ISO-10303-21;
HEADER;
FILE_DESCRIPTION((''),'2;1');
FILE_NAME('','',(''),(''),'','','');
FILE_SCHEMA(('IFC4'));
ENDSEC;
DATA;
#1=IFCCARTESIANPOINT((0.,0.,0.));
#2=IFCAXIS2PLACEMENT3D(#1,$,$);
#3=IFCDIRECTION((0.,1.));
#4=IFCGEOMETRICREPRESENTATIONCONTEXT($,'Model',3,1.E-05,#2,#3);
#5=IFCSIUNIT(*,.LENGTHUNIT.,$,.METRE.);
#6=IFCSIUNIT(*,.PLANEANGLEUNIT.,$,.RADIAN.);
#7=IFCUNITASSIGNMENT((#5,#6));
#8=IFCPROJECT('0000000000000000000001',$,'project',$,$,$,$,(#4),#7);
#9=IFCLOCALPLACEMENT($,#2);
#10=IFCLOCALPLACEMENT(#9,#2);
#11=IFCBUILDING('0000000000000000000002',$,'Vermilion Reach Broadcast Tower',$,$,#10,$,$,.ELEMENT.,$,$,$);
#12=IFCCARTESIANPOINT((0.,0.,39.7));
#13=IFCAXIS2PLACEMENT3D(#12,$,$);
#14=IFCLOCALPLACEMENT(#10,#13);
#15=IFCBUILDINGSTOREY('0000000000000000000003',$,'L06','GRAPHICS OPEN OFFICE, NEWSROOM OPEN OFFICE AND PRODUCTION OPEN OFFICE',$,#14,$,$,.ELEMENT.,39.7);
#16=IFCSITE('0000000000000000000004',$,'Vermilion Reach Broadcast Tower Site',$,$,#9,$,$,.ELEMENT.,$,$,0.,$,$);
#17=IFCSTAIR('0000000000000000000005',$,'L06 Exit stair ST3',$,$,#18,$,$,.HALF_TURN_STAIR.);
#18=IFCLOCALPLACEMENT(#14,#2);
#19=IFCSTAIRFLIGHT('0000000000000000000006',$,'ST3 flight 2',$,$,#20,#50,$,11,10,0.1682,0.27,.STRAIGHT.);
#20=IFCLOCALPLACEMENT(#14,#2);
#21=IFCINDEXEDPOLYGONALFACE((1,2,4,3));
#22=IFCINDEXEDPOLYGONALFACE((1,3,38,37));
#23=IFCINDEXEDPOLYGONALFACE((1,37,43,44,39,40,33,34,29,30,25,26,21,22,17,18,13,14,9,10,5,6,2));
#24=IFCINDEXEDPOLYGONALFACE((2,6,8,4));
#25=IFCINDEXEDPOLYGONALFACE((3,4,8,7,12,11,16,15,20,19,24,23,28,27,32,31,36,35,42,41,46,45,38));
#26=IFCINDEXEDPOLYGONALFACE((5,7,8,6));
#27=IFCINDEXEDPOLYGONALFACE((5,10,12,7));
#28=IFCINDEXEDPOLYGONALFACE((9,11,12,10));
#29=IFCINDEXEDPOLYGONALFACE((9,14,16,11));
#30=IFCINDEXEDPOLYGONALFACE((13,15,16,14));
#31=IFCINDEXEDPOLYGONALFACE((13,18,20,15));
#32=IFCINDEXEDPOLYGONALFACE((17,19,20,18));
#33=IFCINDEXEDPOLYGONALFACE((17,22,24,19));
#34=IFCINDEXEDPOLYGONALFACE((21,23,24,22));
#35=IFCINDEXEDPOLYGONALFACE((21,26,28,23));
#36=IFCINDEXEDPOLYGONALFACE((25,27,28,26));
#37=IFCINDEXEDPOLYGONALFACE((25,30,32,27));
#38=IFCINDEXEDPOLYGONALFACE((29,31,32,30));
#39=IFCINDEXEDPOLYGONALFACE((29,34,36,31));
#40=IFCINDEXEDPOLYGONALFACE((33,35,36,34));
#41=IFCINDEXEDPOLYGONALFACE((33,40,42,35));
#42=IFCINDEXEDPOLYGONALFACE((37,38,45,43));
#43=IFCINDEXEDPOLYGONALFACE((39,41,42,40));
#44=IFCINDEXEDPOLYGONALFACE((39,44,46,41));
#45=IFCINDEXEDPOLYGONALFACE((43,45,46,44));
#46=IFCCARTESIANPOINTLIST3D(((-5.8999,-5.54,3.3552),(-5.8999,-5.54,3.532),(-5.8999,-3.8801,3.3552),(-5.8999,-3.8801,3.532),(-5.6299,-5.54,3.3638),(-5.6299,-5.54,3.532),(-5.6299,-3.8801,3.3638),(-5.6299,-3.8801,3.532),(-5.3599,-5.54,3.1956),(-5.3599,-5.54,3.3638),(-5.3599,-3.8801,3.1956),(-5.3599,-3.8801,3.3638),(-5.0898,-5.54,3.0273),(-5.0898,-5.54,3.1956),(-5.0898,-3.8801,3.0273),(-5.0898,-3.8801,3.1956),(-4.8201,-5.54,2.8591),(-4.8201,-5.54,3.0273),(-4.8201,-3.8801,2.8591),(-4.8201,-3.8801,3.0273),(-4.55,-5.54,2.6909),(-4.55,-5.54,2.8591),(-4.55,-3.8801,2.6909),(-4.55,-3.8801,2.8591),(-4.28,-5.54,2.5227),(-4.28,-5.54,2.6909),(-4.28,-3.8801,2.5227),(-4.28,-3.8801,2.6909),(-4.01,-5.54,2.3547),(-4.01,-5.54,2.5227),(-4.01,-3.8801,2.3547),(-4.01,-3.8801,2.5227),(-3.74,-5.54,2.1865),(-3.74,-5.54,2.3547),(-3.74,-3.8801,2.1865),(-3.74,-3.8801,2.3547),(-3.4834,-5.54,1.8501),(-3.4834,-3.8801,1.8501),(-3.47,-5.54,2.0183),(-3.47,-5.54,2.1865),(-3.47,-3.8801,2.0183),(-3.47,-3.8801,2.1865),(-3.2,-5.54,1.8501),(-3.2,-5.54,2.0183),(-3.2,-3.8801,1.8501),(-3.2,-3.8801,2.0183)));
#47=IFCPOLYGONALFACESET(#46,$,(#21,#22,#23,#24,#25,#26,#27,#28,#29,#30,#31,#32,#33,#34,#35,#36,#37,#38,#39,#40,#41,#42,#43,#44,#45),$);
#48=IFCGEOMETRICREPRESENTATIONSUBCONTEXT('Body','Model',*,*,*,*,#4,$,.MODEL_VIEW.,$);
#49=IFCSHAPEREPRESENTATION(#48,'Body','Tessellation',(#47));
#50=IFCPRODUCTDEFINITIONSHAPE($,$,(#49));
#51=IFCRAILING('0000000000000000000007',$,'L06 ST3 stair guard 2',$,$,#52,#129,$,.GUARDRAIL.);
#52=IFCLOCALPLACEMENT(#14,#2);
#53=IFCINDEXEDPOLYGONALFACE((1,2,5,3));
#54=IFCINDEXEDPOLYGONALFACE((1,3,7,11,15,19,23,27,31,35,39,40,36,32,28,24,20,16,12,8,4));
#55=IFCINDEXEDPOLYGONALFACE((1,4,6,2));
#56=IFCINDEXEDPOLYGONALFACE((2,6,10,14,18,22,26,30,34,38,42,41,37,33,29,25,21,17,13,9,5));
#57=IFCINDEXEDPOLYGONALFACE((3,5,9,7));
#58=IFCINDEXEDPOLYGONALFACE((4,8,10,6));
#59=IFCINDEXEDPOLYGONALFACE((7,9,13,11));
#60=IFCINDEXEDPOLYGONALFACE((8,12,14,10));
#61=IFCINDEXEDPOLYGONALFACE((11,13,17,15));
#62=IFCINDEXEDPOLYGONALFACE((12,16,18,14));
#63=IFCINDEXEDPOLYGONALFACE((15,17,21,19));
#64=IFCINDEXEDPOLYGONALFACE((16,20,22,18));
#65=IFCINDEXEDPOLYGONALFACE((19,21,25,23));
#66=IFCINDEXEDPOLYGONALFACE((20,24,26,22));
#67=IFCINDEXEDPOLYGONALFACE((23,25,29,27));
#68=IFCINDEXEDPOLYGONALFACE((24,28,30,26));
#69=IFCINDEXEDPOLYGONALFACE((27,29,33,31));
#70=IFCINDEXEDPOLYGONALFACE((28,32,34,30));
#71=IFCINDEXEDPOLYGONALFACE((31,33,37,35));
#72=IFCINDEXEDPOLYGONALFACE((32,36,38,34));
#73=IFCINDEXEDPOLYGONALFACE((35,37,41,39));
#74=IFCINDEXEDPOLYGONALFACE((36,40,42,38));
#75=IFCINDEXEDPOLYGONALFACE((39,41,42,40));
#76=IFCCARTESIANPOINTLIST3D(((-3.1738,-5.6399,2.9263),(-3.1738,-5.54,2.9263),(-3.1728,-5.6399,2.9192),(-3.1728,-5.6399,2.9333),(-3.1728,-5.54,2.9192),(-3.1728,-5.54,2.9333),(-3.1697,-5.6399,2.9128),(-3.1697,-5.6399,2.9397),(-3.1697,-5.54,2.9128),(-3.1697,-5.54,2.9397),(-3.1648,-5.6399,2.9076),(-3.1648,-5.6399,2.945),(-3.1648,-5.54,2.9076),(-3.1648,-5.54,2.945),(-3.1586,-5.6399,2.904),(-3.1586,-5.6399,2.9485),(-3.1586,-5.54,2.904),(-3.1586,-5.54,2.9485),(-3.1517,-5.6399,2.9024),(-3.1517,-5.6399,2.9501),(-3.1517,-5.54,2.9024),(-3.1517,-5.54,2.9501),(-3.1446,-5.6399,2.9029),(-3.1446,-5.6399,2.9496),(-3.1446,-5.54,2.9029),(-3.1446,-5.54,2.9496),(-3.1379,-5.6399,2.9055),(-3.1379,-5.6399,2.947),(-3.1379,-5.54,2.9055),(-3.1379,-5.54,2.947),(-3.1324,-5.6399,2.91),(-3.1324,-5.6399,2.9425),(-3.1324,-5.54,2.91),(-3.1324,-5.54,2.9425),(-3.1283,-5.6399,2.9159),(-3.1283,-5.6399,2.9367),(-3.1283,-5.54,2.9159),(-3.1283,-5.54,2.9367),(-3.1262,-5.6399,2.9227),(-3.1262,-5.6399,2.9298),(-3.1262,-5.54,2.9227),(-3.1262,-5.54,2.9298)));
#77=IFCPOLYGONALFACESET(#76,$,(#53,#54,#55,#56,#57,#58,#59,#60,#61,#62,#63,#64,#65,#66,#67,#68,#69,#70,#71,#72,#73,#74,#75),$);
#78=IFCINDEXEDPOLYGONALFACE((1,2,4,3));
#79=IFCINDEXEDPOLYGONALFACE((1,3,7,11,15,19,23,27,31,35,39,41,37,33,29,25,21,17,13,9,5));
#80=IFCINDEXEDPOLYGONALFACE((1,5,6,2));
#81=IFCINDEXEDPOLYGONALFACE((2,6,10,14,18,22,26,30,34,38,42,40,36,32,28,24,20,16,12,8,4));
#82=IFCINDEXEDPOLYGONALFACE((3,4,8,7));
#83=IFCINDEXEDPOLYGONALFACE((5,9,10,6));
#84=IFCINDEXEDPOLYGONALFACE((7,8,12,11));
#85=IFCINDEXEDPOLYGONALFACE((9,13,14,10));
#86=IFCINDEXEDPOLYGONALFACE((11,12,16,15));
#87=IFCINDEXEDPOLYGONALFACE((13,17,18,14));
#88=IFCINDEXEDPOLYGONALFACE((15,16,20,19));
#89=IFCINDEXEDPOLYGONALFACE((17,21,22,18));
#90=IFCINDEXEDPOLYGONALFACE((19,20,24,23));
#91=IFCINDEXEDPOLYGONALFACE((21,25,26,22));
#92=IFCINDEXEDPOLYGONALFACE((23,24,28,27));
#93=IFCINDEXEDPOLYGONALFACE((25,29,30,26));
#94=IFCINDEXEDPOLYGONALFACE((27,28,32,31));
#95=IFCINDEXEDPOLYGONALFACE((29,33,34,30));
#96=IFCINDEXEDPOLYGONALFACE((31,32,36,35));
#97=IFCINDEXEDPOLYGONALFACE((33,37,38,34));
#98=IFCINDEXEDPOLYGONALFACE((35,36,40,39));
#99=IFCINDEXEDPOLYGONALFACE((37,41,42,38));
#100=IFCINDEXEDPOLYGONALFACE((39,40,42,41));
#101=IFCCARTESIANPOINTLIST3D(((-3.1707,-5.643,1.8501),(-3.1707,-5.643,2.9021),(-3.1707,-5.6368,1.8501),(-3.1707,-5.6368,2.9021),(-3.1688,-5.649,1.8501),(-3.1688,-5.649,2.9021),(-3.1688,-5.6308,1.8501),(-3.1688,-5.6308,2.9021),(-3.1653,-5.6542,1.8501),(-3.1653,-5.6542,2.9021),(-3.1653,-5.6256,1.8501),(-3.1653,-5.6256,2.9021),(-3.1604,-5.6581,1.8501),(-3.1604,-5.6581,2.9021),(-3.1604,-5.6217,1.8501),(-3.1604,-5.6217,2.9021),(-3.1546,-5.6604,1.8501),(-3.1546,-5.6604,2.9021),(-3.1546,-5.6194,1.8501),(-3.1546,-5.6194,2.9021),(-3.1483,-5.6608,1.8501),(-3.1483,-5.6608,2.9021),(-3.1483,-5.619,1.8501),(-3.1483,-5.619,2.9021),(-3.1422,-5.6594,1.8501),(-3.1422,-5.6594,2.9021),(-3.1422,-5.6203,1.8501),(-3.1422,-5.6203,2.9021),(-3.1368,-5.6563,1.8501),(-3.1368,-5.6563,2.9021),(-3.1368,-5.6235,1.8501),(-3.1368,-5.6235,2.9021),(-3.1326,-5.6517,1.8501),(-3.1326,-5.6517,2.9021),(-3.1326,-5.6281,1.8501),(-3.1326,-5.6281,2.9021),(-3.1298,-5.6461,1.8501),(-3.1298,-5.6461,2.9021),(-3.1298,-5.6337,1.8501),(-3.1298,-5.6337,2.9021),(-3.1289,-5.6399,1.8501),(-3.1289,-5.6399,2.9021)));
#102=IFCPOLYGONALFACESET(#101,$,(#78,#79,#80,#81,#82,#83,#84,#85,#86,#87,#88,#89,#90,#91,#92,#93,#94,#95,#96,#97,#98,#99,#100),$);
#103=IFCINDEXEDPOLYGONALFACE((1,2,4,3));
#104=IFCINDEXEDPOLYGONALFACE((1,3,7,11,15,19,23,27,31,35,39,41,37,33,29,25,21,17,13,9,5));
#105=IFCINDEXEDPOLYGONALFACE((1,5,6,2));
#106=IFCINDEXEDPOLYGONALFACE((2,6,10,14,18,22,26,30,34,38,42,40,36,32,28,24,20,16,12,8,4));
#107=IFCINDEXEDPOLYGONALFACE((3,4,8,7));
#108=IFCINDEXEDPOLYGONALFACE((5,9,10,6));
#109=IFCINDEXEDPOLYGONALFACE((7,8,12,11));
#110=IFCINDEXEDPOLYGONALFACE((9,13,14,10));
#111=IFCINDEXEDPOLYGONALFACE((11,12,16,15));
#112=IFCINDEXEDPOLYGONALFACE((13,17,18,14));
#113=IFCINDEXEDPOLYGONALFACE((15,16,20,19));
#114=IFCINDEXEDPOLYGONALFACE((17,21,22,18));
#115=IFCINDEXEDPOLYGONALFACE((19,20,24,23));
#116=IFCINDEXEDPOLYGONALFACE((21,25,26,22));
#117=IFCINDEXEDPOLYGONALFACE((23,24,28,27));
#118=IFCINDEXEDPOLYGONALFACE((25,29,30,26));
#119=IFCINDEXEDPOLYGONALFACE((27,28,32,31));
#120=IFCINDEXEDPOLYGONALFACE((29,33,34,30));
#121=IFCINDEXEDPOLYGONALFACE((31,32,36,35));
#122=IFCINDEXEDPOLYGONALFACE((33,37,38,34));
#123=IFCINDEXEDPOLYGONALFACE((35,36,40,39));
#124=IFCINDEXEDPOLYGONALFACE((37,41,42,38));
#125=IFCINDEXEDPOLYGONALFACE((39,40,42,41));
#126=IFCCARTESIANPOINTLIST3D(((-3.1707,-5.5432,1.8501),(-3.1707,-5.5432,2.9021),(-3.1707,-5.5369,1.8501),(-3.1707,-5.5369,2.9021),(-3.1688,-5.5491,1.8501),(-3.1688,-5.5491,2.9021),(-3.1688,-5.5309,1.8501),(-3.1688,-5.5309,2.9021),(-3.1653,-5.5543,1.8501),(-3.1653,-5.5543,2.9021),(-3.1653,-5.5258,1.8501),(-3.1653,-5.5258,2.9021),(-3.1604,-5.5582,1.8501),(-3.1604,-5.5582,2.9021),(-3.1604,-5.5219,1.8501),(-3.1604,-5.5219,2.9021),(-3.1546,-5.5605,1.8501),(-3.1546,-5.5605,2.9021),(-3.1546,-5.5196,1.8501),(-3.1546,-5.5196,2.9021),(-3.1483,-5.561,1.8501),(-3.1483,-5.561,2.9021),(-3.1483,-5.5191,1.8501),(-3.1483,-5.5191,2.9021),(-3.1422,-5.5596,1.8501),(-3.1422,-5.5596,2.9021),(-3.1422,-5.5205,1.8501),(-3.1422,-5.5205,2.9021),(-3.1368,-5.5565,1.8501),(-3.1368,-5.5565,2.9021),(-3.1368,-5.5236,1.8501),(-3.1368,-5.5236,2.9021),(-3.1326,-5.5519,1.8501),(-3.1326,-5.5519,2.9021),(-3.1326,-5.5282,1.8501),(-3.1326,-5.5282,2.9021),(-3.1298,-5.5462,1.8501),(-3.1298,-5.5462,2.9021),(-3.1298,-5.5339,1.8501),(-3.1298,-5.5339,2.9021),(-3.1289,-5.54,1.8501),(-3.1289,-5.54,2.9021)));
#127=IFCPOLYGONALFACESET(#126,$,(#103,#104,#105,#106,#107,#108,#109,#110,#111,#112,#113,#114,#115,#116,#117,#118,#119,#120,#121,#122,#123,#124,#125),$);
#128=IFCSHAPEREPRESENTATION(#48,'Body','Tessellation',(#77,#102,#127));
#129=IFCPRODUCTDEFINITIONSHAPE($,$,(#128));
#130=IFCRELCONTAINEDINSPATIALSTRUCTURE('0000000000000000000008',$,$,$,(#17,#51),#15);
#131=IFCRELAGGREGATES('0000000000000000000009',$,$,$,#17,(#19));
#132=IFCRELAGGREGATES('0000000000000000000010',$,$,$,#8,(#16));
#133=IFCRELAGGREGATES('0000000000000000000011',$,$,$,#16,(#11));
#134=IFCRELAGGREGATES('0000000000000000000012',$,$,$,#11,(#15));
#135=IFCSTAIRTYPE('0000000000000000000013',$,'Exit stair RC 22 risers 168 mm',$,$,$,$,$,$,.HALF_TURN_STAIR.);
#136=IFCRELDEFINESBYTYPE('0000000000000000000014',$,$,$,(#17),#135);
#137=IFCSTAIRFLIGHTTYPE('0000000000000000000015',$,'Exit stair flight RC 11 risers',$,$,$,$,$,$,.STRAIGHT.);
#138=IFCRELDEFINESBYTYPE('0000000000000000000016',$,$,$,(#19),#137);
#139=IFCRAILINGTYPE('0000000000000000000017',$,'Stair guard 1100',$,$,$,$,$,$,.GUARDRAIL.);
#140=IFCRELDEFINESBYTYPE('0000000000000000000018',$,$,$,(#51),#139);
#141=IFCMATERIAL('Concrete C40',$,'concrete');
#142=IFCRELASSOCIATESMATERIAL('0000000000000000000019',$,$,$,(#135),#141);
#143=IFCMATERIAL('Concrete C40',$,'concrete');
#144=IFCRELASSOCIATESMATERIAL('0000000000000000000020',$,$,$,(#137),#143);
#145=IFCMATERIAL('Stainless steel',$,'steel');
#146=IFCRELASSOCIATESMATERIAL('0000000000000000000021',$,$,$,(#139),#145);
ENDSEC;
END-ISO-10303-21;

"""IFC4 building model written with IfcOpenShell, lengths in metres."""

from ifc_helpers import new_model, si_unit, direction, frame, origin, origin_2d, place, context, subcontext, project, spatial, polyline, circle, outline, extrude, material, type_object, element, aggregate, save


model = new_model("IFC4")

# Units and contexts
model_context = context("Model", 3, precision=1e-05, world=origin(), true_north=direction((0.0, 1.0)))
body_context = subcontext(model_context, "Body", "Model", "MODEL_VIEW")
ifc_project = project(units=[si_unit("LENGTHUNIT", "METRE"), si_unit("PLANEANGLEUNIT", "RADIAN")], contexts=[model_context])

# Site, building, storey
site_placement = place(None, origin())
site = spatial("IfcSite", under=ifc_project, at=site_placement, Name="Vermilion Reach Broadcast Tower Site", CompositionType="ELEMENT", RefElevation=0.0)
building_placement = place(site_placement, origin())
building = spatial("IfcBuilding", under=site, at=building_placement, Name="Vermilion Reach Broadcast Tower", CompositionType="ELEMENT")
storey_placement = place(building_placement, frame((0.0, 0.0, 39.7)))
storey = spatial("IfcBuildingStorey", under=building, at=storey_placement, Name="L06", Description="GRAPHICS OPEN OFFICE, NEWSROOM OPEN OFFICE AND PRODUCTION OPEN OFFICE", CompositionType="ELEMENT", Elevation=39.7)

# Stair, stair flight
ifc_material_1 = material(Name="Concrete C40", Category="concrete")
stair_type = type_object("IfcStairType", Name="Exit stair RC 22 risers 168 mm", PredefinedType="HALF_TURN_STAIR", material=ifc_material_1)
stair_placement = place(storey_placement, origin())
stair = element("IfcStair", 1, at=stair_placement, inside=storey, type_object=stair_type, Name="L06 Exit stair ST3", PredefinedType="HALF_TURN_STAIR")
ifc_material_2 = material(Name="Concrete C40", Category="concrete")
stair_flight_type = type_object("IfcStairFlightType", Name="Exit stair flight RC 11 risers", PredefinedType="STRAIGHT", material=ifc_material_2)
stair_flight_placement = place(storey_placement, frame((-3.2, -4.71, 1.8501), z_axis=(0.0, 0.0, 1.0), x_axis=(-1.0, 0.0, 0.0)))
stair_flight = element("IfcStairFlight", 2, at=stair_flight_placement, type_object=stair_flight_type, Name="ST3 flight 2", NumberOfRisers=11, NumberOfTreads=10, PredefinedType="STRAIGHT", RiserHeight=0.1682, TreadLength=0.27, context=body_context, shape_type="SweptSolid", body=[
    extrude(outline(polyline([(0.0, 0.0), (0.0, 0.1682), (0.27, 0.1682), (0.27, 0.3364), (0.54, 0.3364), (0.54, 0.5046), (0.8101, 0.5046), (0.8101, 0.6726), (1.0801, 0.6726), (1.0801, 0.8408), (1.3501, 0.8408), (1.3501, 1.009), (1.6201, 1.009), (1.6201, 1.1772), (1.8899, 1.1772), (1.8899, 1.3455), (2.1599, 1.3455), (2.1599, 1.5137), (2.4299, 1.5137), (2.4299, 1.6819), (2.7, 1.6819), (2.7, 1.8501), (2.7, 1.5051), (0.2834, 0.0), (0.0, 0.0)])), frame((0.0, 0.8301, 0.0), z_axis=(0.0, -1.0, 0.0), x_axis=(1.0, 0.0, 0.0)), (0.0, 0.0, 1.0), 1.6599),
])
aggregate(stair, [stair_flight])

# Railing
ifc_material_3 = material(Name="Stainless steel", Category="steel")
railing_type_1 = type_object("IfcRailingType", Name="Stair guard 1100", PredefinedType="GUARDRAIL", material=ifc_material_3)
railing_1_placement = place(storey_placement, frame((-3.1499, -5.6399, 1.8501)))
element("IfcRailing", 3, at=railing_1_placement, inside=storey, type_object=railing_type_1, Name="L06 ST3 stair guard 2", PredefinedType="GUARDRAIL", context=body_context, shape_type="SweptSolid", body=[
    extrude(circle(Radius=0.0239, at=origin_2d()), frame((0.0, 0.0, 1.0762), z_axis=(0.0, 1.0, 0.0), x_axis=(-1.0, 0.0, 0.0)), (0.0, 0.0, 1.0), 0.0999),
    extrude(circle(Radius=0.021, at=origin_2d()), origin(), (0.0, 0.0, 1.0), 1.052),
    extrude(circle(Radius=0.021, at=origin_2d()), frame((0.0, 0.0999, 0.0)), (0.0, 0.0, 1.0), 1.052),
])

save(model, "model.ifc")
